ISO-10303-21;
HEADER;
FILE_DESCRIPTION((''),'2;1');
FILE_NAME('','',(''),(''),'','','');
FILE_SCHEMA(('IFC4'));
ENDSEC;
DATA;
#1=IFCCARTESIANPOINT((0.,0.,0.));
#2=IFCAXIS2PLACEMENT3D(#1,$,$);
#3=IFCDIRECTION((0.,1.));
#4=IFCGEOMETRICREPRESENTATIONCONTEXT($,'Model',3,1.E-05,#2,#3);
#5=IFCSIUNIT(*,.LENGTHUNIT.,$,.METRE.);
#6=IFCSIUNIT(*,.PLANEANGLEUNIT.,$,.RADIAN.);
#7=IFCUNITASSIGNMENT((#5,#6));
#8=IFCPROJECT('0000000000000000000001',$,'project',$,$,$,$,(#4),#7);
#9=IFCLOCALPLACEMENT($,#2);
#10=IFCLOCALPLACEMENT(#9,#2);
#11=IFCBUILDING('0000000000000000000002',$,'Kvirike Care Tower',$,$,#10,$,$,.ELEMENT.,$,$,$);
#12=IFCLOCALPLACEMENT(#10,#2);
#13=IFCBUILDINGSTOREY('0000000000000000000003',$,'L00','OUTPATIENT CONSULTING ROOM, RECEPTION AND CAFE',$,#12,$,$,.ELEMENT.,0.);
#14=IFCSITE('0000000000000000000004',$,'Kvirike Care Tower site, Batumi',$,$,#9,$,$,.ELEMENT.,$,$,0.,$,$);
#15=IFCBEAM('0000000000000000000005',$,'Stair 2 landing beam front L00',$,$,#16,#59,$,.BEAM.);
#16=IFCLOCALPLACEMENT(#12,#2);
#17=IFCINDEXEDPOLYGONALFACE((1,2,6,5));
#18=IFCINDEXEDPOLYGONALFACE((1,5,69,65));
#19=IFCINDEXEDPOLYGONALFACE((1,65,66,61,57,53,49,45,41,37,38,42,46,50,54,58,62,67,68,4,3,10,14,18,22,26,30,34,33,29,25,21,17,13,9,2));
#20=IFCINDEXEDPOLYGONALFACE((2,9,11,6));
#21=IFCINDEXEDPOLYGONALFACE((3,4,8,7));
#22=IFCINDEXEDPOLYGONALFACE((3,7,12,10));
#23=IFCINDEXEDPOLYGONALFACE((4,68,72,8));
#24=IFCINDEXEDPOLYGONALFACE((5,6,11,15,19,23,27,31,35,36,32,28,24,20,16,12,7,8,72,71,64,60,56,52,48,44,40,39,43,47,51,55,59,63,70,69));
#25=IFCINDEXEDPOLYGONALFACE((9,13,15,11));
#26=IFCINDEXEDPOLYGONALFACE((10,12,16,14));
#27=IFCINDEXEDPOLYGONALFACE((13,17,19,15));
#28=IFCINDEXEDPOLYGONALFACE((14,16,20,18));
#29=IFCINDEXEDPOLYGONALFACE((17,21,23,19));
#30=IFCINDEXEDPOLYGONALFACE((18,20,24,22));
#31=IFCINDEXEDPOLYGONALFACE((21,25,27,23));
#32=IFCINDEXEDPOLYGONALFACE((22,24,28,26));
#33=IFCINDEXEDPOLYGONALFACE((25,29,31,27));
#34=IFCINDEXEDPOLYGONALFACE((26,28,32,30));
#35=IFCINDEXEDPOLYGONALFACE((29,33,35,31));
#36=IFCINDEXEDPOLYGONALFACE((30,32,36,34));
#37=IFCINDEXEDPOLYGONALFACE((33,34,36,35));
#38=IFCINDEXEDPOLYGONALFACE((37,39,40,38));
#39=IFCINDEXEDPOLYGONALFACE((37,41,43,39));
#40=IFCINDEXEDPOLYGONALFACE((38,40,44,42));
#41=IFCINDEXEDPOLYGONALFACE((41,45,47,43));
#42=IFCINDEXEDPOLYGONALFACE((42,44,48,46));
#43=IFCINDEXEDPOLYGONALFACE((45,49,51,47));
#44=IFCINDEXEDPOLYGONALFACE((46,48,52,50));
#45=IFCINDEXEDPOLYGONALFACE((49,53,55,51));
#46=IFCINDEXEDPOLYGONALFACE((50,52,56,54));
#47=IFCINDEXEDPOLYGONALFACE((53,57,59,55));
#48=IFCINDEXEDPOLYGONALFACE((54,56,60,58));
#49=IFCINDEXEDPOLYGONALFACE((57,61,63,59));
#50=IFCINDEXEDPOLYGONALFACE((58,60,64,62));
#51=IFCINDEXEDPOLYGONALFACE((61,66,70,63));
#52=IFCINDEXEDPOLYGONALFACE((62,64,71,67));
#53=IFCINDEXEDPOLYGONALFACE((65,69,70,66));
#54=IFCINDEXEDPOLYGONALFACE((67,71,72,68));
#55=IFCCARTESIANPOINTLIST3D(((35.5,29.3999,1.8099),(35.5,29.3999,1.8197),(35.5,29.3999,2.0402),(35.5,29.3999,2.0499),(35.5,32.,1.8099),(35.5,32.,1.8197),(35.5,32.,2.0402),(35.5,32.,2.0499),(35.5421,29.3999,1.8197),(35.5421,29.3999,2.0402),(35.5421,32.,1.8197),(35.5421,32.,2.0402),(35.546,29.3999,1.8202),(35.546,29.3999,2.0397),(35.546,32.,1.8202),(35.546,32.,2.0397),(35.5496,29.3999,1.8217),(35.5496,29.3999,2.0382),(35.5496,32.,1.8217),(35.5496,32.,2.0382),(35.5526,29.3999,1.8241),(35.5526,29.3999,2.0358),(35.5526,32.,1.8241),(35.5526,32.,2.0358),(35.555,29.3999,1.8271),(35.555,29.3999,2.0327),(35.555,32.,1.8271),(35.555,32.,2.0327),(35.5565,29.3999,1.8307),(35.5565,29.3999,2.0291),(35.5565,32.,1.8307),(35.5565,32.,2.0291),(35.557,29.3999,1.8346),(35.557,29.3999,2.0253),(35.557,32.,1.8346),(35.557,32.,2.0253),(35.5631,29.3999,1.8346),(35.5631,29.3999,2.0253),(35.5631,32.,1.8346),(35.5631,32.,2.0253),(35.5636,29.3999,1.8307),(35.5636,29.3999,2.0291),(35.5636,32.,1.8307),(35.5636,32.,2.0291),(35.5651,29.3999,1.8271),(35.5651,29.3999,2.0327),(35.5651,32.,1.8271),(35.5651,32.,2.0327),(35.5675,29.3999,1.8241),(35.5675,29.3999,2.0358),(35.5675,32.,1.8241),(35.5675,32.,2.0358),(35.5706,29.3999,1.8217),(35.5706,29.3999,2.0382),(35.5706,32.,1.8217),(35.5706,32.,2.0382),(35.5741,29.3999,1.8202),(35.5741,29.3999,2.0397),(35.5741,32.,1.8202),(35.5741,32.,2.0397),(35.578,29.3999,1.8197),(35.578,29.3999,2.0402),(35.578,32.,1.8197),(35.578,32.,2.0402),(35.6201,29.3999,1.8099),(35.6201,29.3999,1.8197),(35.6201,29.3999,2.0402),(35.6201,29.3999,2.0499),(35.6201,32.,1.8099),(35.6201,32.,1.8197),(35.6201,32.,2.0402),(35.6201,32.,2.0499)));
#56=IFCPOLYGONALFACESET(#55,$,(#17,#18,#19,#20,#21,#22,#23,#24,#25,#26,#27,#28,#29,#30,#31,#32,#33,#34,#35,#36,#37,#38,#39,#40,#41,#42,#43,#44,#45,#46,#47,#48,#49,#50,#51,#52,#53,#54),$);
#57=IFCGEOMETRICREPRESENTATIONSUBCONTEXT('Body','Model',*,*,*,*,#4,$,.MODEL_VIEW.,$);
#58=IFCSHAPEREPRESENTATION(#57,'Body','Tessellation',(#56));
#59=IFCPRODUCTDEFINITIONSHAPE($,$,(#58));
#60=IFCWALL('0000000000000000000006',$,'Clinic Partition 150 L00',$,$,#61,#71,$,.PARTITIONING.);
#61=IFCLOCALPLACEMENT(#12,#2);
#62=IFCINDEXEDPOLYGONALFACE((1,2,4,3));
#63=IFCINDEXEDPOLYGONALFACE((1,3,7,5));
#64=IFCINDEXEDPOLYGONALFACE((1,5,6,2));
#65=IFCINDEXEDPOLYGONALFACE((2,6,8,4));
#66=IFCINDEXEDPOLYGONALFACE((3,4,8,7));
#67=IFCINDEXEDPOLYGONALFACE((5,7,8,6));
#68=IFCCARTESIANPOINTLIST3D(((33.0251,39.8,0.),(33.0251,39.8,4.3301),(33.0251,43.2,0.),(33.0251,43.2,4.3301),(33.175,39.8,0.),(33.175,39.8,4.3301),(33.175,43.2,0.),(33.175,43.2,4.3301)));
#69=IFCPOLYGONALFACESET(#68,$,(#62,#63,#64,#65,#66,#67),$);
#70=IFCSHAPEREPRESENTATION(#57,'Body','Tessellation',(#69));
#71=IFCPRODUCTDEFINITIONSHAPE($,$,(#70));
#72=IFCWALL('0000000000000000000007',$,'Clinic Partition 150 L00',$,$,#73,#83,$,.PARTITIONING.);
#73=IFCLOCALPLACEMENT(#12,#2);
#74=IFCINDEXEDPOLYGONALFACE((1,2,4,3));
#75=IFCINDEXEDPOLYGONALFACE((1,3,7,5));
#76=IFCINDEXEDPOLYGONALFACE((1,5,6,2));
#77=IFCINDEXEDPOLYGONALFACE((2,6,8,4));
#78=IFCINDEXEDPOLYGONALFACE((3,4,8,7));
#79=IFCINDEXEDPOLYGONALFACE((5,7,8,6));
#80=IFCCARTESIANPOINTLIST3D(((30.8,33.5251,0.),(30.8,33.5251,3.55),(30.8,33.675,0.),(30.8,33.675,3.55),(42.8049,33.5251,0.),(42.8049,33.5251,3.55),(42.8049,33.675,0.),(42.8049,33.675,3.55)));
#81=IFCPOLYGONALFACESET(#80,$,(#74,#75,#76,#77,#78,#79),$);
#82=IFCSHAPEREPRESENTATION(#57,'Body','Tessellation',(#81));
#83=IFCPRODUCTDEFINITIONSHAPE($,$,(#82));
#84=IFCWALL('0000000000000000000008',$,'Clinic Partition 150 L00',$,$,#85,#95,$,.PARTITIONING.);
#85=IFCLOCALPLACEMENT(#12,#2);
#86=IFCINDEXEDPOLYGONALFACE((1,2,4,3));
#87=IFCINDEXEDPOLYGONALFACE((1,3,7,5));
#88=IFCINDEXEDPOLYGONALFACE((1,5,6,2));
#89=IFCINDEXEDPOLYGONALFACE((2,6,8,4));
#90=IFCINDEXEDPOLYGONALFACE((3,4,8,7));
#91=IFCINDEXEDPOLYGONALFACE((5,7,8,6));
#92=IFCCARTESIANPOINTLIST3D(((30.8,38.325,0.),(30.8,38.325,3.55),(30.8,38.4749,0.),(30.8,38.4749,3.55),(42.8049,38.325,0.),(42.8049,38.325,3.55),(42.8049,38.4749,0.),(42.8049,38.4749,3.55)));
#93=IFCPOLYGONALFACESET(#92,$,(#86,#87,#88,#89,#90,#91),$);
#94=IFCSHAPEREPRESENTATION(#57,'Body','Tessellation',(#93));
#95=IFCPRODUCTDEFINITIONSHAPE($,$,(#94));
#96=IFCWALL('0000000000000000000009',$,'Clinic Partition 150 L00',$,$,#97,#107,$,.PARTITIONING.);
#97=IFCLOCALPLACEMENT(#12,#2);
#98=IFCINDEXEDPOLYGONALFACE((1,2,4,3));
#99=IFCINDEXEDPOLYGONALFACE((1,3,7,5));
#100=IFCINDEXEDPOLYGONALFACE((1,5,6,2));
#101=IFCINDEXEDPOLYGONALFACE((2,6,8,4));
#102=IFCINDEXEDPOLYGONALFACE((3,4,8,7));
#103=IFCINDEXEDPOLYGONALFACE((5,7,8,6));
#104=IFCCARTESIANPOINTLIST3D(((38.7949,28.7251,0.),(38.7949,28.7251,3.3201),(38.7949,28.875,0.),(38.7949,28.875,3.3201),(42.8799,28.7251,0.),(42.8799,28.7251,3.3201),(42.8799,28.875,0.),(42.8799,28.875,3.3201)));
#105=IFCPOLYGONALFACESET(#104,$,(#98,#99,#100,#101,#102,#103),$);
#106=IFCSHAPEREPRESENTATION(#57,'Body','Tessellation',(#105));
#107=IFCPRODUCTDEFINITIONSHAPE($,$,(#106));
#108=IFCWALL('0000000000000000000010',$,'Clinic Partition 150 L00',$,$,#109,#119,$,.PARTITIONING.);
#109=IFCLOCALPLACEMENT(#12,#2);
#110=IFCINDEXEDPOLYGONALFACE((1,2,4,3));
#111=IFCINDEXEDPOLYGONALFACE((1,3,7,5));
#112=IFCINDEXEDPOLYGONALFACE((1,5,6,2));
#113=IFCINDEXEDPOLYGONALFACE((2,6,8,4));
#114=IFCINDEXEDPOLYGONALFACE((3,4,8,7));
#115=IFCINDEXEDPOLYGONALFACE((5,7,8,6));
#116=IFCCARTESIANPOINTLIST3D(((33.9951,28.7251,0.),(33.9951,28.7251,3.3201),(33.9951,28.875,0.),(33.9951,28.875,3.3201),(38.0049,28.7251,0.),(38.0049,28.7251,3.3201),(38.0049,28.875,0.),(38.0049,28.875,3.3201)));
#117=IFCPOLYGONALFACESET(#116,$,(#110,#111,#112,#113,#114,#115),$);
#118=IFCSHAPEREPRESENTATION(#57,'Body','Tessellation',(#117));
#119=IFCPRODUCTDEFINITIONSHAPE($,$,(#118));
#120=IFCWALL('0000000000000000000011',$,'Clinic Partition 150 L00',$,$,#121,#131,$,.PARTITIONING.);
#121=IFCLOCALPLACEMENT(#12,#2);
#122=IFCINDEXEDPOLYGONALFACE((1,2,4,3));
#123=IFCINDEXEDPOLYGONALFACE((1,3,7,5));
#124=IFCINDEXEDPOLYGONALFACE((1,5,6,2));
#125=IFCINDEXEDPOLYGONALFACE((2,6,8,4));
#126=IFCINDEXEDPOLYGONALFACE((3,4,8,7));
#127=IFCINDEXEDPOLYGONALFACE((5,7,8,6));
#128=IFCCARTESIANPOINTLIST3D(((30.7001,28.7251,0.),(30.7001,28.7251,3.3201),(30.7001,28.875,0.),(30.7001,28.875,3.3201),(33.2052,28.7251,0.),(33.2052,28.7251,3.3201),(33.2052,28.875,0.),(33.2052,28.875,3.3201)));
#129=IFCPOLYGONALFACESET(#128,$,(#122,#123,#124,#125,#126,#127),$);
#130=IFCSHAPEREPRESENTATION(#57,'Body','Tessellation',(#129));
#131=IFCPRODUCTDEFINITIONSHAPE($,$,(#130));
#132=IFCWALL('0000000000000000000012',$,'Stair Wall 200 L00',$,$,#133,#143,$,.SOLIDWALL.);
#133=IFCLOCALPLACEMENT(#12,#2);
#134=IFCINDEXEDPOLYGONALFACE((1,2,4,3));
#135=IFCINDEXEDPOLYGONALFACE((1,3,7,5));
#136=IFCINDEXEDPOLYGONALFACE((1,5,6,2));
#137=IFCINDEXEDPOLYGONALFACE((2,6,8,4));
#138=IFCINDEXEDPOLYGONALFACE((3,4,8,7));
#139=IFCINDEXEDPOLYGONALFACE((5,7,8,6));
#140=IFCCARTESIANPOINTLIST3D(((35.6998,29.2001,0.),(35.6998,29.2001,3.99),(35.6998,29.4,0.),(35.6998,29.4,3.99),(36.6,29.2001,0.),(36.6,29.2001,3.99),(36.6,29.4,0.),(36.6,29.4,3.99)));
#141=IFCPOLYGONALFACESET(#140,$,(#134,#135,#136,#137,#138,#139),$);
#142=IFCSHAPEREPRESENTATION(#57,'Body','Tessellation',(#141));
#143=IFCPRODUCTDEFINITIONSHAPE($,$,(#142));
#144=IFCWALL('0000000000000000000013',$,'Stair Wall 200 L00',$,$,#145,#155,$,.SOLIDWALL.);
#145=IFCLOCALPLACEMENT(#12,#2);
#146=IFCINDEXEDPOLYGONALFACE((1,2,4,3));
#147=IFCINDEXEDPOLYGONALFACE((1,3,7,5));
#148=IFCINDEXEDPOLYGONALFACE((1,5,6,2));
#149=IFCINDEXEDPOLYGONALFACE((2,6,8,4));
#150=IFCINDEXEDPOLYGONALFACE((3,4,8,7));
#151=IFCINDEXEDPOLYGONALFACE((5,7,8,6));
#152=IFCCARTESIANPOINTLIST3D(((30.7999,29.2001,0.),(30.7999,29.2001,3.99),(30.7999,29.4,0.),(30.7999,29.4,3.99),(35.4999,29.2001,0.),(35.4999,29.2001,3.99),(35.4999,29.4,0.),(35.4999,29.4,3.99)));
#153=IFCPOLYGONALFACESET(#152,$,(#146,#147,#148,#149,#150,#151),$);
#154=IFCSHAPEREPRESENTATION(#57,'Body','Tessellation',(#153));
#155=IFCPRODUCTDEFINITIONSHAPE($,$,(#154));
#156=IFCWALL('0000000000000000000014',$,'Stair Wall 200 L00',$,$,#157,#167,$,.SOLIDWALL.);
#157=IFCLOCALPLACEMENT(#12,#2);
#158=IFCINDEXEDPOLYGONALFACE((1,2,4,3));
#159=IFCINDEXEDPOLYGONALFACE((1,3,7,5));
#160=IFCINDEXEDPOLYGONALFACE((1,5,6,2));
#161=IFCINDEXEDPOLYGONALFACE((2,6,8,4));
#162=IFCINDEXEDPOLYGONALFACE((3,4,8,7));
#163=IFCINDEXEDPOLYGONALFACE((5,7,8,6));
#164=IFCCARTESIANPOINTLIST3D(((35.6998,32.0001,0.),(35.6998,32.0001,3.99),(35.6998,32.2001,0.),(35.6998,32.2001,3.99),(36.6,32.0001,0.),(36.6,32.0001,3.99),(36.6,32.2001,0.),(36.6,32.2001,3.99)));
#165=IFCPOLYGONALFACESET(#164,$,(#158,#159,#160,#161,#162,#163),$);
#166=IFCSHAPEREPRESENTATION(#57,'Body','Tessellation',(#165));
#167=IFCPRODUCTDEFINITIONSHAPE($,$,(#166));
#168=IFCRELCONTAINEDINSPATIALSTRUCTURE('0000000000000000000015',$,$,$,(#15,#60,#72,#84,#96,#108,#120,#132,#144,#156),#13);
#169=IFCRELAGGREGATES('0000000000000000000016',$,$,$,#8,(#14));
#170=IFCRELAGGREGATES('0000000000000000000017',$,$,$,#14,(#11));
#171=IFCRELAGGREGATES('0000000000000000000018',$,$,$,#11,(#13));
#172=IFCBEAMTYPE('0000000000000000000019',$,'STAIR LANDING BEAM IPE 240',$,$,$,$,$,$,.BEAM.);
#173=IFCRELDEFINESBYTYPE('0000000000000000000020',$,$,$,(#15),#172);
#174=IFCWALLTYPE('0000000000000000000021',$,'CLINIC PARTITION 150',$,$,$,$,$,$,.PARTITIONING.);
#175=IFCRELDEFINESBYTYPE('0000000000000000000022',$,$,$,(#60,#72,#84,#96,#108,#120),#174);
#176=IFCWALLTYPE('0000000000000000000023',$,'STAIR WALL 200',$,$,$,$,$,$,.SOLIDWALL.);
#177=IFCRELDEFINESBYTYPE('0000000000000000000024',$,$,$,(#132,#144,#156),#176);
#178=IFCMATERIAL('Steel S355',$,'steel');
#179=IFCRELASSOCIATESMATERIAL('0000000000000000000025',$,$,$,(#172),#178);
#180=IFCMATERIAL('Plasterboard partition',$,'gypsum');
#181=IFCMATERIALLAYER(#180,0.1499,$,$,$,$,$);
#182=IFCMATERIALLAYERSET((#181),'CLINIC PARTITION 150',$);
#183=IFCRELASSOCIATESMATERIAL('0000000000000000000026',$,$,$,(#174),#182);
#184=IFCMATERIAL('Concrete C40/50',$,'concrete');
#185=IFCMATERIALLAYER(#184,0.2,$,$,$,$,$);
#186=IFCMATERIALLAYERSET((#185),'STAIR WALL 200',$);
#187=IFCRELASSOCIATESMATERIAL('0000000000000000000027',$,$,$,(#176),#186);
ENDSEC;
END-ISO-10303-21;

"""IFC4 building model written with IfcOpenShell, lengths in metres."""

from ifc_helpers import new_model, si_unit, direction, frame, frame_2d, origin, origin_2d, place, context, subcontext, project, spatial, rectangle, i_section, extrude, material, layer, layer_set, material_profile, profile_set, type_object, element, save


model = new_model("IFC4")

# Units and contexts
model_context = context("Model", 3, precision=1e-05, world=origin(), true_north=direction((0.0, 1.0)))
body_context = subcontext(model_context, "Body", "Model", "MODEL_VIEW")
ifc_project = project(units=[si_unit("LENGTHUNIT", "METRE"), si_unit("PLANEANGLEUNIT", "RADIAN")], contexts=[model_context])

# Site, building, storey
site_placement = place(None, origin())
site = spatial("IfcSite", under=ifc_project, at=site_placement, Name="Kvirike Care Tower site, Batumi", CompositionType="ELEMENT", RefElevation=0.0)
building_placement = place(site_placement, origin())
building = spatial("IfcBuilding", under=site, at=building_placement, Name="Kvirike Care Tower", CompositionType="ELEMENT")
storey_placement = place(building_placement, origin())
storey = spatial("IfcBuildingStorey", under=building, at=storey_placement, Name="L00", Description="OUTPATIENT CONSULTING ROOM, RECEPTION AND CAFE", CompositionType="ELEMENT", Elevation=0.0)

# Beam
ifc_material_1 = material(Name="Steel S355", Category="steel")
ifc_material_profile_1 = material_profile(ifc_material_1, i_section(OverallWidth=0.1201, OverallDepth=0.24, WebThickness=0.0061, FlangeThickness=0.0098, FilletRadius=0.0149, at=origin_2d()), Name="IPE 240")
ifc_profile_set_1 = profile_set([ifc_material_profile_1], Name="Steel S355")
beam_type = type_object("IfcBeamType", Name="STAIR LANDING BEAM IPE 240", PredefinedType="BEAM", material=ifc_profile_set_1)
for number, where, z_axis, x_axis, name in (
    (1, (35.5601, 29.3999, 1.9299), (0.0, 1.0, 0.0), (-1.0, 0.0, 0.0), "Stair 2 landing beam front L00"),
):
    element("IfcBeam", number, at=place(storey_placement, frame(where, z_axis=z_axis, x_axis=x_axis)), inside=storey, type_object=beam_type, Name=name, PredefinedType="BEAM", context=body_context, shape_type="SweptSolid", body=[
        extrude(i_section(OverallWidth=0.1201, OverallDepth=0.24, WebThickness=0.0061, FlangeThickness=0.0098, FilletRadius=0.0149, at=origin_2d()), origin(), (0.0, 0.0, 1.0), 2.6001),
    ])

# Walls
ifc_material_2 = material(Name="Plasterboard partition", Category="gypsum")
ifc_layer_1 = layer(ifc_material_2, 0.1499)
ifc_layer_set_1 = layer_set([ifc_layer_1], Name="CLINIC PARTITION 150")
wall_type_1 = type_object("IfcWallType", Name="CLINIC PARTITION 150", PredefinedType="PARTITIONING", material=ifc_layer_set_1)
wall_1_placement = place(storey_placement, frame((33.1001, 39.8, 0.0), z_axis=(0.0, 0.0, 1.0), x_axis=(0.0, 1.0, 0.0)))
element("IfcWall", 2, at=wall_1_placement, inside=storey, type_object=wall_type_1, Name="Clinic Partition 150 L00", PredefinedType="PARTITIONING", context=body_context, shape_type="SweptSolid", body=[
    extrude(rectangle(XDim=3.3999, YDim=0.1499, at=frame_2d((1.7, 0.0))), origin(), (0.0, 0.0, 1.0), 4.3301),
])
for number, where, z_axis, x_axis, name in (
    (3, (42.8049, 33.6001, 0.0), (0.0, 0.0, 1.0), (-1.0, 0.0, 0.0), "Clinic Partition 150 L00"),
    (4, (42.8049, 38.3999, 0.0), (0.0, 0.0, 1.0), (-1.0, 0.0, 0.0), "Clinic Partition 150 L00"),
):
    element("IfcWall", number, at=place(storey_placement, frame(where, z_axis=z_axis, x_axis=x_axis)), inside=storey, type_object=wall_type_1, Name=name, PredefinedType="PARTITIONING", context=body_context, shape_type="SweptSolid", body=[
        extrude(rectangle(XDim=12.0049, YDim=0.1499, at=frame_2d((6.0024, 0.0))), origin(), (0.0, 0.0, 1.0), 3.55),
    ])
wall_2_placement = place(storey_placement, frame((42.8799, 28.8, 0.0), z_axis=(0.0, 0.0, 1.0), x_axis=(-1.0, 0.0, 0.0)))
element("IfcWall", 5, at=wall_2_placement, inside=storey, type_object=wall_type_1, Name="Clinic Partition 150 L00", PredefinedType="PARTITIONING", context=body_context, shape_type="SweptSolid", body=[
    extrude(rectangle(XDim=4.085, YDim=0.1499, at=frame_2d((2.0425, 0.0))), origin(), (0.0, 0.0, 1.0), 3.3201),
])
wall_3_placement = place(storey_placement, frame((38.0049, 28.8, 0.0), z_axis=(0.0, 0.0, 1.0), x_axis=(-1.0, 0.0, 0.0)))
element("IfcWall", 6, at=wall_3_placement, inside=storey, type_object=wall_type_1, Name="Clinic Partition 150 L00", PredefinedType="PARTITIONING", context=body_context, shape_type="SweptSolid", body=[
    extrude(rectangle(XDim=4.0098, YDim=0.1499, at=frame_2d((2.0049, 0.0))), origin(), (0.0, 0.0, 1.0), 3.3201),
])
wall_4_placement = place(storey_placement, frame((33.2051, 28.8, 0.0), z_axis=(0.0, 0.0, 1.0), x_axis=(-1.0, 0.0, 0.0)))
element("IfcWall", 7, at=wall_4_placement, inside=storey, type_object=wall_type_1, Name="Clinic Partition 150 L00", PredefinedType="PARTITIONING", context=body_context, shape_type="SweptSolid", body=[
    extrude(rectangle(XDim=2.5051, YDim=0.1499, at=frame_2d((1.2524, 0.0))), origin(), (0.0, 0.0, 1.0), 3.3201),
])
ifc_material_3 = material(Name="Concrete C40/50", Category="concrete")
ifc_layer_2 = layer(ifc_material_3, 0.2)
ifc_layer_set_2 = layer_set([ifc_layer_2], Name="STAIR WALL 200")
wall_type_2 = type_object("IfcWallType", Name="STAIR WALL 200", PredefinedType="SOLIDWALL", material=ifc_layer_set_2)
wall_5_placement = place(storey_placement, frame((36.6001, 29.3, 0.0), z_axis=(0.0, 0.0, 1.0), x_axis=(-1.0, 0.0, 0.0)))
element("IfcWall", 8, at=wall_5_placement, inside=storey, type_object=wall_type_2, Name="Stair Wall 200 L00", PredefinedType="SOLIDWALL", context=body_context, shape_type="SweptSolid", body=[
    extrude(rectangle(XDim=0.9001, YDim=0.2, at=frame_2d((0.4502, 0.0))), origin(), (0.0, 0.0, 1.0), 3.99),
])
wall_6_placement = place(storey_placement, frame((35.5, 29.3, 0.0), z_axis=(0.0, 0.0, 1.0), x_axis=(-1.0, 0.0, 0.0)))
element("IfcWall", 9, at=wall_6_placement, inside=storey, type_object=wall_type_2, Name="Stair Wall 200 L00", PredefinedType="SOLIDWALL", context=body_context, shape_type="SweptSolid", body=[
    extrude(rectangle(XDim=4.7, YDim=0.2, at=frame_2d((2.3501, 0.0))), origin(), (0.0, 0.0, 1.0), 3.99),
])
wall_7_placement = place(storey_placement, frame((36.6001, 32.1001, 0.0), z_axis=(0.0, 0.0, 1.0), x_axis=(-1.0, 0.0, 0.0)))
element("IfcWall", 10, at=wall_7_placement, inside=storey, type_object=wall_type_2, Name="Stair Wall 200 L00", PredefinedType="SOLIDWALL", context=body_context, shape_type="SweptSolid", body=[
    extrude(rectangle(XDim=0.9001, YDim=0.2, at=frame_2d((0.4502, 0.0))), origin(), (0.0, 0.0, 1.0), 3.99),
])

save(model, "model.ifc")
